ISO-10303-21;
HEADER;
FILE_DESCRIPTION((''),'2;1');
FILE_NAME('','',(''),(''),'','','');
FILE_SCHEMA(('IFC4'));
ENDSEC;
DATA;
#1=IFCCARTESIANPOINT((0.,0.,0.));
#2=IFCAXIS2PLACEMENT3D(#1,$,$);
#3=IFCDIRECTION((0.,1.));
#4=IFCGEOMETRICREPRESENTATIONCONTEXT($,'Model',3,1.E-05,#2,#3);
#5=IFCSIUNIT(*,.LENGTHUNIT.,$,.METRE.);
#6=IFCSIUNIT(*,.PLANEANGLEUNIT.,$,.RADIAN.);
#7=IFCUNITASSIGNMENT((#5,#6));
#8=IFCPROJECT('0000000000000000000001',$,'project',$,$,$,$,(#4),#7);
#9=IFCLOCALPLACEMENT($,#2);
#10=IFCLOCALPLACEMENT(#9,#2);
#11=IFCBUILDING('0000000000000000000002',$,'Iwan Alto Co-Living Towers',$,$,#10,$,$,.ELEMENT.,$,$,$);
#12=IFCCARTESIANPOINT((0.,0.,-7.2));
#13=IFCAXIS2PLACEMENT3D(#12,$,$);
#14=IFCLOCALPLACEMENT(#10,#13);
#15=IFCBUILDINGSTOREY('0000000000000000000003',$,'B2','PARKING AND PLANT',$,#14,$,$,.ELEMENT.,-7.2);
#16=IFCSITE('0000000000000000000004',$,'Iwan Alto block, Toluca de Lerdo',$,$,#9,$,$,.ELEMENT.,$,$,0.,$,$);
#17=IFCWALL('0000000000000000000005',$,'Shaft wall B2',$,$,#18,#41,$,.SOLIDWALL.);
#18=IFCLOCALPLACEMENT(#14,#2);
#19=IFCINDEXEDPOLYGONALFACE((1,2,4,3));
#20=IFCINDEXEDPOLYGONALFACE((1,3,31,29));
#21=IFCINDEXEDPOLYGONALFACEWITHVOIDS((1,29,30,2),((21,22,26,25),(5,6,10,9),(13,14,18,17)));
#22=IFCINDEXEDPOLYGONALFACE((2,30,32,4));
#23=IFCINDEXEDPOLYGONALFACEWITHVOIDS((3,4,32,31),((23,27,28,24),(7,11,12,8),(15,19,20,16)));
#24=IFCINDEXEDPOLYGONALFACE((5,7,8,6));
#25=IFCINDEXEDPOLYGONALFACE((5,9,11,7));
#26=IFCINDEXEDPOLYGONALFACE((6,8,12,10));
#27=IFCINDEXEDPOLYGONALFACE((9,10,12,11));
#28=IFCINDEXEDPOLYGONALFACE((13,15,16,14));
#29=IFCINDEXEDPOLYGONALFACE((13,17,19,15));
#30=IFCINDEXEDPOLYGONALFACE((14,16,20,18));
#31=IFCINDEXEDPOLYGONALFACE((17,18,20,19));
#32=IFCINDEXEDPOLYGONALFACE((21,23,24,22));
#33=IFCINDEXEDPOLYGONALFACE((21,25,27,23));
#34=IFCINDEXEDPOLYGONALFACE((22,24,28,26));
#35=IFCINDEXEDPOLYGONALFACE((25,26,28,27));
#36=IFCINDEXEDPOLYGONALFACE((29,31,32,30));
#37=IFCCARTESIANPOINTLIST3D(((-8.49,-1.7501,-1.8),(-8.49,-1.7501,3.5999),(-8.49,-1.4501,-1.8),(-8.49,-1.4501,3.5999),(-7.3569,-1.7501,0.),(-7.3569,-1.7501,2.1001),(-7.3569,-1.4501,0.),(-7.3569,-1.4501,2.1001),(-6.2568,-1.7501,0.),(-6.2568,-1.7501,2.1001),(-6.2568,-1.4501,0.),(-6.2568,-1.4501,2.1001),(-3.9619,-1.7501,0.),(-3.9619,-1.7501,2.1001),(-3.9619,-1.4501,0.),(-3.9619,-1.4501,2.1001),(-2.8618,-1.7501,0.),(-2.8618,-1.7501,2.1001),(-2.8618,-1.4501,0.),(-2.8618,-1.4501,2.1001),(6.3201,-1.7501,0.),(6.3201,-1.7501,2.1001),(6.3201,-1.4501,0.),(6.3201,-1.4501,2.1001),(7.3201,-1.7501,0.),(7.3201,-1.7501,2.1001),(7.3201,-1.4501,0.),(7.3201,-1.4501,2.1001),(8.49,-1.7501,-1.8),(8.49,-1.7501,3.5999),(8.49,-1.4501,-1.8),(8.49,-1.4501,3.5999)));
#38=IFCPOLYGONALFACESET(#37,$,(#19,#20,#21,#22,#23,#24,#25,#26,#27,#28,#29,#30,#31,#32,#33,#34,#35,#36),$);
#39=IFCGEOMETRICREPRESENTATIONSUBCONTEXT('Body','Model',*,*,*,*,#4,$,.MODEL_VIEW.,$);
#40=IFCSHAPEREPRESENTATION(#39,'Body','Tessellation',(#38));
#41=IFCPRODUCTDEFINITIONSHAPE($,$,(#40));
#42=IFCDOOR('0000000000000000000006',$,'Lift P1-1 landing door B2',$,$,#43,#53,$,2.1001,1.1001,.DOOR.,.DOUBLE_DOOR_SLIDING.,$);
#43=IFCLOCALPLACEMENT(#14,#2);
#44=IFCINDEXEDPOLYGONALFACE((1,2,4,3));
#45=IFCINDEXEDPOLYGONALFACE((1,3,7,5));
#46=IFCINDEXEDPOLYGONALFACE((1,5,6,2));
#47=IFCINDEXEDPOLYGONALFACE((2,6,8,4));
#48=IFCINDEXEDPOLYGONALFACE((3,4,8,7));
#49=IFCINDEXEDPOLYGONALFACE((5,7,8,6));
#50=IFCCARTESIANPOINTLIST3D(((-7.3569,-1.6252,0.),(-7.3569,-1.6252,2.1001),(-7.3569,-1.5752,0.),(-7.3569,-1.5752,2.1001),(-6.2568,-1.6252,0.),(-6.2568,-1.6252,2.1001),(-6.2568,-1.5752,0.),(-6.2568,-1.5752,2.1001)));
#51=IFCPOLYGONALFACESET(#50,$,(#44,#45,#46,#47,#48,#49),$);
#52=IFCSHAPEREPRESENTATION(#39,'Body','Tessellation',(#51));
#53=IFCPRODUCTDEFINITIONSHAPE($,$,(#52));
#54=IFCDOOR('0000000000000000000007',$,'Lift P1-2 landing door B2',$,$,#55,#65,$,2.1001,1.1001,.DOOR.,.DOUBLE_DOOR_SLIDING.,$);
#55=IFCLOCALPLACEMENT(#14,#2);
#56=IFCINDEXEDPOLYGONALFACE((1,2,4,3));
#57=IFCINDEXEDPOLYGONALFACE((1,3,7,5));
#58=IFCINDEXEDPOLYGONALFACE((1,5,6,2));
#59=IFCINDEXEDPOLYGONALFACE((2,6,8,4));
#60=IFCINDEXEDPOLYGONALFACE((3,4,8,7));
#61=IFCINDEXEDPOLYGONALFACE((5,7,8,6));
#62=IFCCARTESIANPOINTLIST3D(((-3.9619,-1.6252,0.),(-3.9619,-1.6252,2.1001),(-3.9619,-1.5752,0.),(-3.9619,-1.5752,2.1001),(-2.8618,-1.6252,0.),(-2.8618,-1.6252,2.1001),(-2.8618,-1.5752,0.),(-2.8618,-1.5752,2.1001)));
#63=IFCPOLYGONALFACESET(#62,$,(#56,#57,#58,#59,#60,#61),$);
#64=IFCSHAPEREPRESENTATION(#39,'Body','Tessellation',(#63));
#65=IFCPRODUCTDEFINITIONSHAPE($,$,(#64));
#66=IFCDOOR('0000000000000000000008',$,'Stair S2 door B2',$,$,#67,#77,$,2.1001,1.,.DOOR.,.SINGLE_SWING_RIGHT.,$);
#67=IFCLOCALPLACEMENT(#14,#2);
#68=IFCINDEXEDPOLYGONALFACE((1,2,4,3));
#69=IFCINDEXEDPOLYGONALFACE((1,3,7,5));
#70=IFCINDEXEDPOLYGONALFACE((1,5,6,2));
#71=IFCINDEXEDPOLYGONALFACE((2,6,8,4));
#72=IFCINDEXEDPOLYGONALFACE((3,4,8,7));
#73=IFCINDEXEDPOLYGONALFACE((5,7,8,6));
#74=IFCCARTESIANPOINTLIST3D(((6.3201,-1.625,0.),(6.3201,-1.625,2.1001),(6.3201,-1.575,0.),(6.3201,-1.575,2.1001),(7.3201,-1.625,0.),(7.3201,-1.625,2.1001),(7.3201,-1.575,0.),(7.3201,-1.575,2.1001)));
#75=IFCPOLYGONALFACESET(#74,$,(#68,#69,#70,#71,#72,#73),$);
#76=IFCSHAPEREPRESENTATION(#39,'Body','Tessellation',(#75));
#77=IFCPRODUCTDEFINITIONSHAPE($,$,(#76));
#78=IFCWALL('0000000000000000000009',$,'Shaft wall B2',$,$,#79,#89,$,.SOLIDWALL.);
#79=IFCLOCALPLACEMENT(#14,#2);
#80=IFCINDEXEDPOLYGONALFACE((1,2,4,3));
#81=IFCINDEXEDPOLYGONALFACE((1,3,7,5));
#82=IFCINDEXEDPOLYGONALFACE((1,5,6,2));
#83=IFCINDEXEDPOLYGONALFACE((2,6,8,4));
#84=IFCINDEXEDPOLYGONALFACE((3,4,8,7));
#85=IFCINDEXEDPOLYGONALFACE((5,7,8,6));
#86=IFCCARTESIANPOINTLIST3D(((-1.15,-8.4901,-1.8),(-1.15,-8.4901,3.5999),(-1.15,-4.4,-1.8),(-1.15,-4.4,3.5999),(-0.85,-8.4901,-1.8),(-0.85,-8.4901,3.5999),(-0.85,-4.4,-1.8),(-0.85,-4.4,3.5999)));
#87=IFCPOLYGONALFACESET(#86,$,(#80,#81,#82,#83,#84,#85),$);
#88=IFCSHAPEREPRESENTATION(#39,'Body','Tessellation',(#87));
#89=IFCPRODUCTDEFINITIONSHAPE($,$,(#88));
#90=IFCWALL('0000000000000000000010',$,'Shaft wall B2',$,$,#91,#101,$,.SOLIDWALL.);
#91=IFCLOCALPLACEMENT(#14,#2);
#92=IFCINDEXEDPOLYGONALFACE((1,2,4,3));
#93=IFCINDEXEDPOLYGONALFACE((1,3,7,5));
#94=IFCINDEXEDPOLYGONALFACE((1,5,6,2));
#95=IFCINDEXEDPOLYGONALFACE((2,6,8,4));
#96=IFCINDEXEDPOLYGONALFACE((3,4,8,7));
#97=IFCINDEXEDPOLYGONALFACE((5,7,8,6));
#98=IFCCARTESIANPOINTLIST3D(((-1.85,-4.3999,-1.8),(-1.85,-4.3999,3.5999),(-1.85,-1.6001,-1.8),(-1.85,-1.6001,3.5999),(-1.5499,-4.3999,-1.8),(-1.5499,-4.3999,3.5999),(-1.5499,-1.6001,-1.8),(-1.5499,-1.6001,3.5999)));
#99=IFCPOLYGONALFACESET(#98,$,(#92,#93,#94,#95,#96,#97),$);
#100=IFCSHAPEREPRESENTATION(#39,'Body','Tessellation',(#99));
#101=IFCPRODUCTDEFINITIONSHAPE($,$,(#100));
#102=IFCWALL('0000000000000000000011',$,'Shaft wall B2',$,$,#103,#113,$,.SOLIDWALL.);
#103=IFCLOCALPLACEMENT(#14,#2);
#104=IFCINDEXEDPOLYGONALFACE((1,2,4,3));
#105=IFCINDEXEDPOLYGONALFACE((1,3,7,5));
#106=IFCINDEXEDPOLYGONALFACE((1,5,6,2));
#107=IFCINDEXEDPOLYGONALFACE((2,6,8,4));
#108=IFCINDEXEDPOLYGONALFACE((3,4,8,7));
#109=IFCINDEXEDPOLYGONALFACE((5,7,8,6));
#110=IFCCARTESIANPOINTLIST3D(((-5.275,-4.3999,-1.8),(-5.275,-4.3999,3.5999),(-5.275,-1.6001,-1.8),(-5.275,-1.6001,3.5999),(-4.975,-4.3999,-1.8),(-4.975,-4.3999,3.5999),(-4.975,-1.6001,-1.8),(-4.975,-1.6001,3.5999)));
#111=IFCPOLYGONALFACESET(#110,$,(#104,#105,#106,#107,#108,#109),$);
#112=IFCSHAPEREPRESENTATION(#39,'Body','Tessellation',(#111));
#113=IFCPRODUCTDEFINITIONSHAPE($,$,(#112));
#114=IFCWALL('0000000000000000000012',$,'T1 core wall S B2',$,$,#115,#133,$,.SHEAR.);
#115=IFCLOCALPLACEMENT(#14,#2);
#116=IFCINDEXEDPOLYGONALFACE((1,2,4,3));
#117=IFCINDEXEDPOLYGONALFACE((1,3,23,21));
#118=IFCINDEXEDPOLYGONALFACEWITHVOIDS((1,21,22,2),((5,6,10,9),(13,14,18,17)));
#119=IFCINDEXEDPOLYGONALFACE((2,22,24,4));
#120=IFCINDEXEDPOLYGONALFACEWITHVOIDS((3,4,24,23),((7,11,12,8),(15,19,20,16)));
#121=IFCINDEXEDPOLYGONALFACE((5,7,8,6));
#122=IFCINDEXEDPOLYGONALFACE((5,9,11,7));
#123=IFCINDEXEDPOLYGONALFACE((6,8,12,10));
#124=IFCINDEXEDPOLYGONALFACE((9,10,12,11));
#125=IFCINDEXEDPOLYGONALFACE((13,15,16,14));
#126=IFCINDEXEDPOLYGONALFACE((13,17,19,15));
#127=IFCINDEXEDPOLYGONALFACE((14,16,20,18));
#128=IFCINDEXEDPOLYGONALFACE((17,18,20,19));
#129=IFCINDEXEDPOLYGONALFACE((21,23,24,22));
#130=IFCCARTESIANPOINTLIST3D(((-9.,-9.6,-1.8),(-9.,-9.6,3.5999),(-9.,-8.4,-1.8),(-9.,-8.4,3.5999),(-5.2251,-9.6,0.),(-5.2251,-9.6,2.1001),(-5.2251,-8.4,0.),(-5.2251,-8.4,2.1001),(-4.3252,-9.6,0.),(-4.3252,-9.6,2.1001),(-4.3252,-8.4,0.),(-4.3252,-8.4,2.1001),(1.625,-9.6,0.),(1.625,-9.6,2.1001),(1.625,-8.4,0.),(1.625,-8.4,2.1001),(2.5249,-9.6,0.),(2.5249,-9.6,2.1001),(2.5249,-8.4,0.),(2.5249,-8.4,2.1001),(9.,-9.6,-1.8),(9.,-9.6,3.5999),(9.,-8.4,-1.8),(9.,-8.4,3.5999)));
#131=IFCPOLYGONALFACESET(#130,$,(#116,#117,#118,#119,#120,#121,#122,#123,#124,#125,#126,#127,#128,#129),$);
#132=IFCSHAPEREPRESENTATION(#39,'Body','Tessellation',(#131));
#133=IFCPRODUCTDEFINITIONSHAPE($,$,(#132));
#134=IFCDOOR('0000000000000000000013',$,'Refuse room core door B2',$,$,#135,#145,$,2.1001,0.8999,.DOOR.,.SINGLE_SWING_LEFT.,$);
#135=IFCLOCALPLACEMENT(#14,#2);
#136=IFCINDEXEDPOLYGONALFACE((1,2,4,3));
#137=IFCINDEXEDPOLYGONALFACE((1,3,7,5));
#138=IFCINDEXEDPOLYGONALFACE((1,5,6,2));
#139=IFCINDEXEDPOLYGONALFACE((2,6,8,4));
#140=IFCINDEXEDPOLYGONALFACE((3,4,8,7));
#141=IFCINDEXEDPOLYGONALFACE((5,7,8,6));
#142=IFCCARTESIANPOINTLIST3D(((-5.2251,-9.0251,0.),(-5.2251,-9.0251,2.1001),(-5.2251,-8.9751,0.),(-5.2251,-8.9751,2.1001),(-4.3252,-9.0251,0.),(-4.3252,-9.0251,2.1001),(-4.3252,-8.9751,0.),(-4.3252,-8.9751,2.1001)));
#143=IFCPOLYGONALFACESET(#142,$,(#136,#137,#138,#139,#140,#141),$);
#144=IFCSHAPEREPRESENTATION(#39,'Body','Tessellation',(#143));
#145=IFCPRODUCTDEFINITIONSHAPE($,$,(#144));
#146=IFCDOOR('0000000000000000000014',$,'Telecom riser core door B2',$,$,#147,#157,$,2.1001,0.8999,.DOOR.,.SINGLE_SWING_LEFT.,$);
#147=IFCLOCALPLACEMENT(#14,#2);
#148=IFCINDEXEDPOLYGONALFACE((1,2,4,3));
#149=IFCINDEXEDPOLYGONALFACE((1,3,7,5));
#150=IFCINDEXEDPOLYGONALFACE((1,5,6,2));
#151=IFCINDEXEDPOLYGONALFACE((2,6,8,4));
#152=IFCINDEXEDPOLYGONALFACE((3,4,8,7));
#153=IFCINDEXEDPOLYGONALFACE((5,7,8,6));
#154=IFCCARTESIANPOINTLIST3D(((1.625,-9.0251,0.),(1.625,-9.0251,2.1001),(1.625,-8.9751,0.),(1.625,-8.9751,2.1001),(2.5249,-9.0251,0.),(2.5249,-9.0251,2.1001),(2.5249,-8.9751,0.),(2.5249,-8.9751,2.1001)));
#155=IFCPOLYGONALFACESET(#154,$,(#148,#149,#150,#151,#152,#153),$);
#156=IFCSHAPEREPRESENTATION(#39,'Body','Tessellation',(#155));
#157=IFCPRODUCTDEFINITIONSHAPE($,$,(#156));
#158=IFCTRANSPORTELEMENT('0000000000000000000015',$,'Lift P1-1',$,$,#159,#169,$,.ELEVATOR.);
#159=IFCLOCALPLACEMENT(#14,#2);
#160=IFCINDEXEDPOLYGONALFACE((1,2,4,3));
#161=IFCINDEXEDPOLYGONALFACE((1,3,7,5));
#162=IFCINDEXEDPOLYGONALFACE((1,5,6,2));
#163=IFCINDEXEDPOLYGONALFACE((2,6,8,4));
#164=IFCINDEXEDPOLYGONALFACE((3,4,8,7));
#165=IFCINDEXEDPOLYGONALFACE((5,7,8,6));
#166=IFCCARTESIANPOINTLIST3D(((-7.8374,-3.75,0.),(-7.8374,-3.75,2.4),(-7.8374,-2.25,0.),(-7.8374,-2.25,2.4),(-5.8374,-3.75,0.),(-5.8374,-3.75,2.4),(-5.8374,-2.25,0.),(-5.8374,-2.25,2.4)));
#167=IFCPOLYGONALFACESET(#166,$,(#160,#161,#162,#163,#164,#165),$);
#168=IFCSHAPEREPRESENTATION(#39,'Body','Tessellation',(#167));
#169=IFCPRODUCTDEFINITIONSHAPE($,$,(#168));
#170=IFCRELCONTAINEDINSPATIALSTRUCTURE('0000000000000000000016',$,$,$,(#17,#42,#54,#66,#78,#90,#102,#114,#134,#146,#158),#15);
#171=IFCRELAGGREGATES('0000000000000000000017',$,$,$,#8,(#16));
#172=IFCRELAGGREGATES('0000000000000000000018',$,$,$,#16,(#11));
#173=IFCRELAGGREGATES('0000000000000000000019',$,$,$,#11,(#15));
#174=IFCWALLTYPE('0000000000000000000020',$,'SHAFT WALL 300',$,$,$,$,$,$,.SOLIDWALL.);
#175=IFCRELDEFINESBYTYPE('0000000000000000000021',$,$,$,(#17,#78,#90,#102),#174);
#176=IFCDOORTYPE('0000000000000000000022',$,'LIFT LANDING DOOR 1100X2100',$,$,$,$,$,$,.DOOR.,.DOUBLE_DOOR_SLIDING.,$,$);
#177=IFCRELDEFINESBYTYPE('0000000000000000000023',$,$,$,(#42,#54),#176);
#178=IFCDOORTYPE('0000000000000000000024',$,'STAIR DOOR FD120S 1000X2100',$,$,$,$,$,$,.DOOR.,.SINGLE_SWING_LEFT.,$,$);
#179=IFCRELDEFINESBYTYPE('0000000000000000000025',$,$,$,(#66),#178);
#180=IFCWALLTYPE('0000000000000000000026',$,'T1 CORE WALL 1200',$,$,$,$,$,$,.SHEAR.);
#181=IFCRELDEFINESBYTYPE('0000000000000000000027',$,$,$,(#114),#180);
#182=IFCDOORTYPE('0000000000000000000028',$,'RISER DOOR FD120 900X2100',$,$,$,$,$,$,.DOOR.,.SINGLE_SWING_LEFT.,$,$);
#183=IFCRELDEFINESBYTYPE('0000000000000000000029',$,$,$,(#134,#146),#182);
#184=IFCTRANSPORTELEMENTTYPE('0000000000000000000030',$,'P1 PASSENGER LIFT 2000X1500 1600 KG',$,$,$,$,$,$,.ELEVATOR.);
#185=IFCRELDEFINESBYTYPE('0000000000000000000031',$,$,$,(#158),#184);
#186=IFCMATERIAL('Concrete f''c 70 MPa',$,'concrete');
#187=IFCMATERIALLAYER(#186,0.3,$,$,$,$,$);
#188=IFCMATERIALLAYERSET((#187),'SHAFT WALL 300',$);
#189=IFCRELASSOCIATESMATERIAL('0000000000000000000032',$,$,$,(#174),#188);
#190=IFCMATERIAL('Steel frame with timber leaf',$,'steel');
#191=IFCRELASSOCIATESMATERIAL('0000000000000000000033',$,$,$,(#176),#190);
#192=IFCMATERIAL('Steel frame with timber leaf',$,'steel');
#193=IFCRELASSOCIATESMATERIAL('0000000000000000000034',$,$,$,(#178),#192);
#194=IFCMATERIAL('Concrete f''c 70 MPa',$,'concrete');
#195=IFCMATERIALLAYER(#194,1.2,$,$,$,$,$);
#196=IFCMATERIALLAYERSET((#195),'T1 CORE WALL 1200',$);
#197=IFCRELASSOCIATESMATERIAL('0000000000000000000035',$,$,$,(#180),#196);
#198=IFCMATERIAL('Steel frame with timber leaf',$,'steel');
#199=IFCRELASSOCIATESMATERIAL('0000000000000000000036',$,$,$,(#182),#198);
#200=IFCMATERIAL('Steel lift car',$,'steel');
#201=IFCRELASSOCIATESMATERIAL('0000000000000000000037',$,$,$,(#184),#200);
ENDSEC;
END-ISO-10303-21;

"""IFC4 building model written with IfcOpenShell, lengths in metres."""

from ifc_helpers import new_model, si_unit, direction, frame, frame_2d, origin, origin_2d, place, context, subcontext, project, spatial, rectangle, extrude, material, layer, layer_set, type_object, element, fill, save


model = new_model("IFC4")

# Units and contexts
model_context = context("Model", 3, precision=1e-05, world=origin(), true_north=direction((0.0, 1.0)))
body_context = subcontext(model_context, "Body", "Model", "MODEL_VIEW")
ifc_project = project(units=[si_unit("LENGTHUNIT", "METRE"), si_unit("PLANEANGLEUNIT", "RADIAN")], contexts=[model_context])

# Site, building, storey
site_placement = place(None, origin())
site = spatial("IfcSite", under=ifc_project, at=site_placement, Name="Iwan Alto block, Toluca de Lerdo", CompositionType="ELEMENT", RefElevation=0.0)
building_placement = place(site_placement, origin())
building = spatial("IfcBuilding", under=site, at=building_placement, Name="Iwan Alto Co-Living Towers", CompositionType="ELEMENT")
storey_placement = place(building_placement, frame((0.0, 0.0, -7.2)))
storey = spatial("IfcBuildingStorey", under=building, at=storey_placement, Name="B2", Description="PARKING AND PLANT", CompositionType="ELEMENT", Elevation=-7.2)

# Shared definitions
ifc_material_1 = material(Name="Concrete f'c 70 MPa", Category="concrete")
ifc_layer_1 = layer(ifc_material_1, 0.3)
ifc_layer_set_1 = layer_set([ifc_layer_1], Name="SHAFT WALL 300")
wall_type_1 = type_object("IfcWallType", Name="SHAFT WALL 300", PredefinedType="SOLIDWALL", material=ifc_layer_set_1)

# Wall, openings, doors
wall_1_placement = place(storey_placement, frame((-8.49, -1.6001, -1.8), z_axis=(0.0, 0.0, 1.0), x_axis=(1.0, 0.0, 0.0)))
wall_1 = element("IfcWall", 1, at=wall_1_placement, inside=storey, type_object=wall_type_1, Name="Shaft wall B2", PredefinedType="SOLIDWALL", context=body_context, shape_type="SweptSolid", body=[
    extrude(rectangle(XDim=16.98, YDim=0.3, at=frame_2d((8.49, 0.0))), origin(), (0.0, 0.0, 1.0), 5.3999),
])
opening_1_placement = place(wall_1_placement, frame((14.8101, 0.0, 1.8)))
opening_1 = element("IfcOpeningElement", 2, at=opening_1_placement, cuts=wall_1, PredefinedType="OPENING", context=body_context, shape_type="SweptSolid", body=[
    extrude(rectangle(XDim=1.0, YDim=2.1001, at=frame_2d((0.5, 1.05))), frame((0.0, 0.1599, 0.0), z_axis=(0.0, -1.0, 0.0), x_axis=(1.0, 0.0, 0.0)), (0.0, 0.0, 1.0), 0.3201),
])
opening_2_placement = place(wall_1_placement, frame((1.1331, 0.0, 1.8)))
opening_2 = element("IfcOpeningElement", 3, at=opening_2_placement, cuts=wall_1, PredefinedType="OPENING", context=body_context, shape_type="SweptSolid", body=[
    extrude(rectangle(XDim=1.1001, YDim=2.1001, at=frame_2d((0.55, 1.05))), frame((0.0, 0.1599, 0.0), z_axis=(0.0, -1.0, 0.0), x_axis=(1.0, 0.0, 0.0)), (0.0, 0.0, 1.0), 0.3201),
])
opening_3_placement = place(wall_1_placement, frame((4.5281, 0.0, 1.8)))
opening_3 = element("IfcOpeningElement", 4, at=opening_3_placement, cuts=wall_1, PredefinedType="OPENING", context=body_context, shape_type="SweptSolid", body=[
    extrude(rectangle(XDim=1.1001, YDim=2.1001, at=frame_2d((0.55, 1.05))), frame((0.0, 0.1599, 0.0), z_axis=(0.0, -1.0, 0.0), x_axis=(1.0, 0.0, 0.0)), (0.0, 0.0, 1.0), 0.3201),
])
ifc_material_2 = material(Name="Steel frame with timber leaf", Category="steel")
door_type_1 = type_object("IfcDoorType", Name="LIFT LANDING DOOR 1100X2100", OperationType="DOUBLE_DOOR_SLIDING", PredefinedType="DOOR", material=ifc_material_2)
door_1_placement = place(opening_2_placement, origin())
door_1 = element("IfcDoor", 5, at=door_1_placement, inside=storey, type_object=door_type_1, Name="Lift P1-1 landing door B2", OperationType="DOUBLE_DOOR_SLIDING", OverallHeight=2.1001, OverallWidth=1.1001, PredefinedType="DOOR", context=body_context, shape_type="SweptSolid", body=[
    extrude(rectangle(XDim=1.1001, YDim=2.1001, at=frame_2d((0.55, 1.05))), frame((0.0, 0.0249, 0.0), z_axis=(0.0, -1.0, 0.0), x_axis=(1.0, 0.0, 0.0)), (0.0, 0.0, 1.0), 0.05),
])
fill(opening_2, door_1)
door_2_placement = place(opening_3_placement, origin())
door_2 = element("IfcDoor", 6, at=door_2_placement, inside=storey, type_object=door_type_1, Name="Lift P1-2 landing door B2", OperationType="DOUBLE_DOOR_SLIDING", OverallHeight=2.1001, OverallWidth=1.1001, PredefinedType="DOOR", context=body_context, shape_type="SweptSolid", body=[
    extrude(rectangle(XDim=1.1001, YDim=2.1001, at=frame_2d((0.55, 1.05))), frame((0.0, 0.0249, 0.0), z_axis=(0.0, -1.0, 0.0), x_axis=(1.0, 0.0, 0.0)), (0.0, 0.0, 1.0), 0.05),
])
fill(opening_3, door_2)
ifc_material_3 = material(Name="Steel frame with timber leaf", Category="steel")
door_type_2 = type_object("IfcDoorType", Name="STAIR DOOR FD120S 1000X2100", OperationType="SINGLE_SWING_LEFT", PredefinedType="DOOR", material=ifc_material_3)
door_3_placement = place(opening_1_placement, frame((1.0, 0.0, 0.0), z_axis=(0.0, 0.0, 1.0), x_axis=(-1.0, 0.0, 0.0)))
door_3 = element("IfcDoor", 7, at=door_3_placement, inside=storey, type_object=door_type_2, Name="Stair S2 door B2", OperationType="SINGLE_SWING_RIGHT", OverallHeight=2.1001, OverallWidth=1.0, PredefinedType="DOOR", context=body_context, shape_type="SweptSolid", body=[
    extrude(rectangle(XDim=1.0, YDim=2.1001, at=frame_2d((0.5, 1.05))), frame((0.0, 0.0249, 0.0), z_axis=(0.0, -1.0, 0.0), x_axis=(1.0, 0.0, 0.0)), (0.0, 0.0, 1.0), 0.05),
])
fill(opening_1, door_3)

# Walls
wall_2_placement = place(storey_placement, frame((-1.0, -8.49, -1.8), z_axis=(0.0, 0.0, 1.0), x_axis=(0.0, 1.0, 0.0)))
element("IfcWall", 8, at=wall_2_placement, inside=storey, type_object=wall_type_1, Name="Shaft wall B2", PredefinedType="SOLIDWALL", context=body_context, shape_type="SweptSolid", body=[
    extrude(rectangle(XDim=4.0901, YDim=0.3, at=frame_2d((2.0449, 0.0))), origin(), (0.0, 0.0, 1.0), 5.3999),
])
for number, where, z_axis, x_axis, name in (
    (9, (-1.7, -4.3999, -1.8), (0.0, 0.0, 1.0), (0.0, 1.0, 0.0), "Shaft wall B2"),
    (10, (-5.125, -4.3999, -1.8), (0.0, 0.0, 1.0), (0.0, 1.0, 0.0), "Shaft wall B2"),
):
    element("IfcWall", number, at=place(storey_placement, frame(where, z_axis=z_axis, x_axis=x_axis)), inside=storey, type_object=wall_type_1, Name=name, PredefinedType="SOLIDWALL", context=body_context, shape_type="SweptSolid", body=[
        extrude(rectangle(XDim=2.7998, YDim=0.3, at=frame_2d((1.3999, 0.0))), origin(), (0.0, 0.0, 1.0), 5.3999),
    ])

# Wall, openings, doors
ifc_material_4 = material(Name="Concrete f'c 70 MPa", Category="concrete")
ifc_layer_2 = layer(ifc_material_4, 1.2)
ifc_layer_set_2 = layer_set([ifc_layer_2], Name="T1 CORE WALL 1200")
wall_type_2 = type_object("IfcWallType", Name="T1 CORE WALL 1200", PredefinedType="SHEAR", material=ifc_layer_set_2)
wall_3_placement = place(storey_placement, frame((-9.0, -9.0, -1.8), z_axis=(0.0, 0.0, 1.0), x_axis=(1.0, 0.0, 0.0)))
wall_3 = element("IfcWall", 11, at=wall_3_placement, inside=storey, type_object=wall_type_2, Name="T1 core wall S B2", PredefinedType="SHEAR", context=body_context, shape_type="SweptSolid", body=[
    extrude(rectangle(XDim=18.0, YDim=1.2, at=frame_2d((9.0, 0.0))), origin(), (0.0, 0.0, 1.0), 5.3999),
])
opening_4_placement = place(wall_3_placement, frame((3.7749, 0.0, 1.8)))
opening_4 = element("IfcOpeningElement", 12, at=opening_4_placement, cuts=wall_3, PredefinedType="OPENING", context=body_context, shape_type="SweptSolid", body=[
    extrude(rectangle(XDim=0.8999, YDim=2.1001, at=frame_2d((0.45, 1.05))), frame((0.0, 0.6099, 0.0), z_axis=(0.0, -1.0, 0.0), x_axis=(1.0, 0.0, 0.0)), (0.0, 0.0, 1.0), 1.22),
])
opening_5_placement = place(wall_3_placement, frame((10.625, 0.0, 1.8)))
opening_5 = element("IfcOpeningElement", 13, at=opening_5_placement, cuts=wall_3, PredefinedType="OPENING", context=body_context, shape_type="SweptSolid", body=[
    extrude(rectangle(XDim=0.8999, YDim=2.1001, at=frame_2d((0.45, 1.05))), frame((0.0, 0.6099, 0.0), z_axis=(0.0, -1.0, 0.0), x_axis=(1.0, 0.0, 0.0)), (0.0, 0.0, 1.0), 1.22),
])
ifc_material_5 = material(Name="Steel frame with timber leaf", Category="steel")
door_type_3 = type_object("IfcDoorType", Name="RISER DOOR FD120 900X2100", OperationType="SINGLE_SWING_LEFT", PredefinedType="DOOR", material=ifc_material_5)
door_4_placement = place(opening_4_placement, origin())
door_4 = element("IfcDoor", 14, at=door_4_placement, inside=storey, type_object=door_type_3, Name="Refuse room core door B2", OperationType="SINGLE_SWING_LEFT", OverallHeight=2.1001, OverallWidth=0.8999, PredefinedType="DOOR", context=body_context, shape_type="SweptSolid", body=[
    extrude(rectangle(XDim=0.8999, YDim=2.1001, at=frame_2d((0.45, 1.05))), frame((0.0, 0.0249, 0.0), z_axis=(0.0, -1.0, 0.0), x_axis=(1.0, 0.0, 0.0)), (0.0, 0.0, 1.0), 0.05),
])
fill(opening_4, door_4)
door_5_placement = place(opening_5_placement, origin())
door_5 = element("IfcDoor", 15, at=door_5_placement, inside=storey, type_object=door_type_3, Name="Telecom riser core door B2", OperationType="SINGLE_SWING_LEFT", OverallHeight=2.1001, OverallWidth=0.8999, PredefinedType="DOOR", context=body_context, shape_type="SweptSolid", body=[
    extrude(rectangle(XDim=0.8999, YDim=2.1001, at=frame_2d((0.45, 1.05))), frame((0.0, 0.0249, 0.0), z_axis=(0.0, -1.0, 0.0), x_axis=(1.0, 0.0, 0.0)), (0.0, 0.0, 1.0), 0.05),
])
fill(opening_5, door_5)

# Transport element
ifc_material_6 = material(Name="Steel lift car", Category="steel")
transport_element_type = type_object("IfcTransportElementType", Name="P1 PASSENGER LIFT 2000X1500 1600 KG", PredefinedType="ELEVATOR", material=ifc_material_6)
transport_element_1_placement = place(storey_placement, frame((-6.8374, -3.0, 0.0), z_axis=(0.0, 0.0, 1.0), x_axis=(1.0, 0.0, 0.0)))
element("IfcTransportElement", 16, at=transport_element_1_placement, inside=storey, type_object=transport_element_type, Name="Lift P1-1", PredefinedType="ELEVATOR", context=body_context, shape_type="SweptSolid", body=[
    extrude(rectangle(XDim=2.0, YDim=1.5, at=origin_2d()), origin(), (0.0, 0.0, 1.0), 2.4),
])

save(model, "model.ifc")
